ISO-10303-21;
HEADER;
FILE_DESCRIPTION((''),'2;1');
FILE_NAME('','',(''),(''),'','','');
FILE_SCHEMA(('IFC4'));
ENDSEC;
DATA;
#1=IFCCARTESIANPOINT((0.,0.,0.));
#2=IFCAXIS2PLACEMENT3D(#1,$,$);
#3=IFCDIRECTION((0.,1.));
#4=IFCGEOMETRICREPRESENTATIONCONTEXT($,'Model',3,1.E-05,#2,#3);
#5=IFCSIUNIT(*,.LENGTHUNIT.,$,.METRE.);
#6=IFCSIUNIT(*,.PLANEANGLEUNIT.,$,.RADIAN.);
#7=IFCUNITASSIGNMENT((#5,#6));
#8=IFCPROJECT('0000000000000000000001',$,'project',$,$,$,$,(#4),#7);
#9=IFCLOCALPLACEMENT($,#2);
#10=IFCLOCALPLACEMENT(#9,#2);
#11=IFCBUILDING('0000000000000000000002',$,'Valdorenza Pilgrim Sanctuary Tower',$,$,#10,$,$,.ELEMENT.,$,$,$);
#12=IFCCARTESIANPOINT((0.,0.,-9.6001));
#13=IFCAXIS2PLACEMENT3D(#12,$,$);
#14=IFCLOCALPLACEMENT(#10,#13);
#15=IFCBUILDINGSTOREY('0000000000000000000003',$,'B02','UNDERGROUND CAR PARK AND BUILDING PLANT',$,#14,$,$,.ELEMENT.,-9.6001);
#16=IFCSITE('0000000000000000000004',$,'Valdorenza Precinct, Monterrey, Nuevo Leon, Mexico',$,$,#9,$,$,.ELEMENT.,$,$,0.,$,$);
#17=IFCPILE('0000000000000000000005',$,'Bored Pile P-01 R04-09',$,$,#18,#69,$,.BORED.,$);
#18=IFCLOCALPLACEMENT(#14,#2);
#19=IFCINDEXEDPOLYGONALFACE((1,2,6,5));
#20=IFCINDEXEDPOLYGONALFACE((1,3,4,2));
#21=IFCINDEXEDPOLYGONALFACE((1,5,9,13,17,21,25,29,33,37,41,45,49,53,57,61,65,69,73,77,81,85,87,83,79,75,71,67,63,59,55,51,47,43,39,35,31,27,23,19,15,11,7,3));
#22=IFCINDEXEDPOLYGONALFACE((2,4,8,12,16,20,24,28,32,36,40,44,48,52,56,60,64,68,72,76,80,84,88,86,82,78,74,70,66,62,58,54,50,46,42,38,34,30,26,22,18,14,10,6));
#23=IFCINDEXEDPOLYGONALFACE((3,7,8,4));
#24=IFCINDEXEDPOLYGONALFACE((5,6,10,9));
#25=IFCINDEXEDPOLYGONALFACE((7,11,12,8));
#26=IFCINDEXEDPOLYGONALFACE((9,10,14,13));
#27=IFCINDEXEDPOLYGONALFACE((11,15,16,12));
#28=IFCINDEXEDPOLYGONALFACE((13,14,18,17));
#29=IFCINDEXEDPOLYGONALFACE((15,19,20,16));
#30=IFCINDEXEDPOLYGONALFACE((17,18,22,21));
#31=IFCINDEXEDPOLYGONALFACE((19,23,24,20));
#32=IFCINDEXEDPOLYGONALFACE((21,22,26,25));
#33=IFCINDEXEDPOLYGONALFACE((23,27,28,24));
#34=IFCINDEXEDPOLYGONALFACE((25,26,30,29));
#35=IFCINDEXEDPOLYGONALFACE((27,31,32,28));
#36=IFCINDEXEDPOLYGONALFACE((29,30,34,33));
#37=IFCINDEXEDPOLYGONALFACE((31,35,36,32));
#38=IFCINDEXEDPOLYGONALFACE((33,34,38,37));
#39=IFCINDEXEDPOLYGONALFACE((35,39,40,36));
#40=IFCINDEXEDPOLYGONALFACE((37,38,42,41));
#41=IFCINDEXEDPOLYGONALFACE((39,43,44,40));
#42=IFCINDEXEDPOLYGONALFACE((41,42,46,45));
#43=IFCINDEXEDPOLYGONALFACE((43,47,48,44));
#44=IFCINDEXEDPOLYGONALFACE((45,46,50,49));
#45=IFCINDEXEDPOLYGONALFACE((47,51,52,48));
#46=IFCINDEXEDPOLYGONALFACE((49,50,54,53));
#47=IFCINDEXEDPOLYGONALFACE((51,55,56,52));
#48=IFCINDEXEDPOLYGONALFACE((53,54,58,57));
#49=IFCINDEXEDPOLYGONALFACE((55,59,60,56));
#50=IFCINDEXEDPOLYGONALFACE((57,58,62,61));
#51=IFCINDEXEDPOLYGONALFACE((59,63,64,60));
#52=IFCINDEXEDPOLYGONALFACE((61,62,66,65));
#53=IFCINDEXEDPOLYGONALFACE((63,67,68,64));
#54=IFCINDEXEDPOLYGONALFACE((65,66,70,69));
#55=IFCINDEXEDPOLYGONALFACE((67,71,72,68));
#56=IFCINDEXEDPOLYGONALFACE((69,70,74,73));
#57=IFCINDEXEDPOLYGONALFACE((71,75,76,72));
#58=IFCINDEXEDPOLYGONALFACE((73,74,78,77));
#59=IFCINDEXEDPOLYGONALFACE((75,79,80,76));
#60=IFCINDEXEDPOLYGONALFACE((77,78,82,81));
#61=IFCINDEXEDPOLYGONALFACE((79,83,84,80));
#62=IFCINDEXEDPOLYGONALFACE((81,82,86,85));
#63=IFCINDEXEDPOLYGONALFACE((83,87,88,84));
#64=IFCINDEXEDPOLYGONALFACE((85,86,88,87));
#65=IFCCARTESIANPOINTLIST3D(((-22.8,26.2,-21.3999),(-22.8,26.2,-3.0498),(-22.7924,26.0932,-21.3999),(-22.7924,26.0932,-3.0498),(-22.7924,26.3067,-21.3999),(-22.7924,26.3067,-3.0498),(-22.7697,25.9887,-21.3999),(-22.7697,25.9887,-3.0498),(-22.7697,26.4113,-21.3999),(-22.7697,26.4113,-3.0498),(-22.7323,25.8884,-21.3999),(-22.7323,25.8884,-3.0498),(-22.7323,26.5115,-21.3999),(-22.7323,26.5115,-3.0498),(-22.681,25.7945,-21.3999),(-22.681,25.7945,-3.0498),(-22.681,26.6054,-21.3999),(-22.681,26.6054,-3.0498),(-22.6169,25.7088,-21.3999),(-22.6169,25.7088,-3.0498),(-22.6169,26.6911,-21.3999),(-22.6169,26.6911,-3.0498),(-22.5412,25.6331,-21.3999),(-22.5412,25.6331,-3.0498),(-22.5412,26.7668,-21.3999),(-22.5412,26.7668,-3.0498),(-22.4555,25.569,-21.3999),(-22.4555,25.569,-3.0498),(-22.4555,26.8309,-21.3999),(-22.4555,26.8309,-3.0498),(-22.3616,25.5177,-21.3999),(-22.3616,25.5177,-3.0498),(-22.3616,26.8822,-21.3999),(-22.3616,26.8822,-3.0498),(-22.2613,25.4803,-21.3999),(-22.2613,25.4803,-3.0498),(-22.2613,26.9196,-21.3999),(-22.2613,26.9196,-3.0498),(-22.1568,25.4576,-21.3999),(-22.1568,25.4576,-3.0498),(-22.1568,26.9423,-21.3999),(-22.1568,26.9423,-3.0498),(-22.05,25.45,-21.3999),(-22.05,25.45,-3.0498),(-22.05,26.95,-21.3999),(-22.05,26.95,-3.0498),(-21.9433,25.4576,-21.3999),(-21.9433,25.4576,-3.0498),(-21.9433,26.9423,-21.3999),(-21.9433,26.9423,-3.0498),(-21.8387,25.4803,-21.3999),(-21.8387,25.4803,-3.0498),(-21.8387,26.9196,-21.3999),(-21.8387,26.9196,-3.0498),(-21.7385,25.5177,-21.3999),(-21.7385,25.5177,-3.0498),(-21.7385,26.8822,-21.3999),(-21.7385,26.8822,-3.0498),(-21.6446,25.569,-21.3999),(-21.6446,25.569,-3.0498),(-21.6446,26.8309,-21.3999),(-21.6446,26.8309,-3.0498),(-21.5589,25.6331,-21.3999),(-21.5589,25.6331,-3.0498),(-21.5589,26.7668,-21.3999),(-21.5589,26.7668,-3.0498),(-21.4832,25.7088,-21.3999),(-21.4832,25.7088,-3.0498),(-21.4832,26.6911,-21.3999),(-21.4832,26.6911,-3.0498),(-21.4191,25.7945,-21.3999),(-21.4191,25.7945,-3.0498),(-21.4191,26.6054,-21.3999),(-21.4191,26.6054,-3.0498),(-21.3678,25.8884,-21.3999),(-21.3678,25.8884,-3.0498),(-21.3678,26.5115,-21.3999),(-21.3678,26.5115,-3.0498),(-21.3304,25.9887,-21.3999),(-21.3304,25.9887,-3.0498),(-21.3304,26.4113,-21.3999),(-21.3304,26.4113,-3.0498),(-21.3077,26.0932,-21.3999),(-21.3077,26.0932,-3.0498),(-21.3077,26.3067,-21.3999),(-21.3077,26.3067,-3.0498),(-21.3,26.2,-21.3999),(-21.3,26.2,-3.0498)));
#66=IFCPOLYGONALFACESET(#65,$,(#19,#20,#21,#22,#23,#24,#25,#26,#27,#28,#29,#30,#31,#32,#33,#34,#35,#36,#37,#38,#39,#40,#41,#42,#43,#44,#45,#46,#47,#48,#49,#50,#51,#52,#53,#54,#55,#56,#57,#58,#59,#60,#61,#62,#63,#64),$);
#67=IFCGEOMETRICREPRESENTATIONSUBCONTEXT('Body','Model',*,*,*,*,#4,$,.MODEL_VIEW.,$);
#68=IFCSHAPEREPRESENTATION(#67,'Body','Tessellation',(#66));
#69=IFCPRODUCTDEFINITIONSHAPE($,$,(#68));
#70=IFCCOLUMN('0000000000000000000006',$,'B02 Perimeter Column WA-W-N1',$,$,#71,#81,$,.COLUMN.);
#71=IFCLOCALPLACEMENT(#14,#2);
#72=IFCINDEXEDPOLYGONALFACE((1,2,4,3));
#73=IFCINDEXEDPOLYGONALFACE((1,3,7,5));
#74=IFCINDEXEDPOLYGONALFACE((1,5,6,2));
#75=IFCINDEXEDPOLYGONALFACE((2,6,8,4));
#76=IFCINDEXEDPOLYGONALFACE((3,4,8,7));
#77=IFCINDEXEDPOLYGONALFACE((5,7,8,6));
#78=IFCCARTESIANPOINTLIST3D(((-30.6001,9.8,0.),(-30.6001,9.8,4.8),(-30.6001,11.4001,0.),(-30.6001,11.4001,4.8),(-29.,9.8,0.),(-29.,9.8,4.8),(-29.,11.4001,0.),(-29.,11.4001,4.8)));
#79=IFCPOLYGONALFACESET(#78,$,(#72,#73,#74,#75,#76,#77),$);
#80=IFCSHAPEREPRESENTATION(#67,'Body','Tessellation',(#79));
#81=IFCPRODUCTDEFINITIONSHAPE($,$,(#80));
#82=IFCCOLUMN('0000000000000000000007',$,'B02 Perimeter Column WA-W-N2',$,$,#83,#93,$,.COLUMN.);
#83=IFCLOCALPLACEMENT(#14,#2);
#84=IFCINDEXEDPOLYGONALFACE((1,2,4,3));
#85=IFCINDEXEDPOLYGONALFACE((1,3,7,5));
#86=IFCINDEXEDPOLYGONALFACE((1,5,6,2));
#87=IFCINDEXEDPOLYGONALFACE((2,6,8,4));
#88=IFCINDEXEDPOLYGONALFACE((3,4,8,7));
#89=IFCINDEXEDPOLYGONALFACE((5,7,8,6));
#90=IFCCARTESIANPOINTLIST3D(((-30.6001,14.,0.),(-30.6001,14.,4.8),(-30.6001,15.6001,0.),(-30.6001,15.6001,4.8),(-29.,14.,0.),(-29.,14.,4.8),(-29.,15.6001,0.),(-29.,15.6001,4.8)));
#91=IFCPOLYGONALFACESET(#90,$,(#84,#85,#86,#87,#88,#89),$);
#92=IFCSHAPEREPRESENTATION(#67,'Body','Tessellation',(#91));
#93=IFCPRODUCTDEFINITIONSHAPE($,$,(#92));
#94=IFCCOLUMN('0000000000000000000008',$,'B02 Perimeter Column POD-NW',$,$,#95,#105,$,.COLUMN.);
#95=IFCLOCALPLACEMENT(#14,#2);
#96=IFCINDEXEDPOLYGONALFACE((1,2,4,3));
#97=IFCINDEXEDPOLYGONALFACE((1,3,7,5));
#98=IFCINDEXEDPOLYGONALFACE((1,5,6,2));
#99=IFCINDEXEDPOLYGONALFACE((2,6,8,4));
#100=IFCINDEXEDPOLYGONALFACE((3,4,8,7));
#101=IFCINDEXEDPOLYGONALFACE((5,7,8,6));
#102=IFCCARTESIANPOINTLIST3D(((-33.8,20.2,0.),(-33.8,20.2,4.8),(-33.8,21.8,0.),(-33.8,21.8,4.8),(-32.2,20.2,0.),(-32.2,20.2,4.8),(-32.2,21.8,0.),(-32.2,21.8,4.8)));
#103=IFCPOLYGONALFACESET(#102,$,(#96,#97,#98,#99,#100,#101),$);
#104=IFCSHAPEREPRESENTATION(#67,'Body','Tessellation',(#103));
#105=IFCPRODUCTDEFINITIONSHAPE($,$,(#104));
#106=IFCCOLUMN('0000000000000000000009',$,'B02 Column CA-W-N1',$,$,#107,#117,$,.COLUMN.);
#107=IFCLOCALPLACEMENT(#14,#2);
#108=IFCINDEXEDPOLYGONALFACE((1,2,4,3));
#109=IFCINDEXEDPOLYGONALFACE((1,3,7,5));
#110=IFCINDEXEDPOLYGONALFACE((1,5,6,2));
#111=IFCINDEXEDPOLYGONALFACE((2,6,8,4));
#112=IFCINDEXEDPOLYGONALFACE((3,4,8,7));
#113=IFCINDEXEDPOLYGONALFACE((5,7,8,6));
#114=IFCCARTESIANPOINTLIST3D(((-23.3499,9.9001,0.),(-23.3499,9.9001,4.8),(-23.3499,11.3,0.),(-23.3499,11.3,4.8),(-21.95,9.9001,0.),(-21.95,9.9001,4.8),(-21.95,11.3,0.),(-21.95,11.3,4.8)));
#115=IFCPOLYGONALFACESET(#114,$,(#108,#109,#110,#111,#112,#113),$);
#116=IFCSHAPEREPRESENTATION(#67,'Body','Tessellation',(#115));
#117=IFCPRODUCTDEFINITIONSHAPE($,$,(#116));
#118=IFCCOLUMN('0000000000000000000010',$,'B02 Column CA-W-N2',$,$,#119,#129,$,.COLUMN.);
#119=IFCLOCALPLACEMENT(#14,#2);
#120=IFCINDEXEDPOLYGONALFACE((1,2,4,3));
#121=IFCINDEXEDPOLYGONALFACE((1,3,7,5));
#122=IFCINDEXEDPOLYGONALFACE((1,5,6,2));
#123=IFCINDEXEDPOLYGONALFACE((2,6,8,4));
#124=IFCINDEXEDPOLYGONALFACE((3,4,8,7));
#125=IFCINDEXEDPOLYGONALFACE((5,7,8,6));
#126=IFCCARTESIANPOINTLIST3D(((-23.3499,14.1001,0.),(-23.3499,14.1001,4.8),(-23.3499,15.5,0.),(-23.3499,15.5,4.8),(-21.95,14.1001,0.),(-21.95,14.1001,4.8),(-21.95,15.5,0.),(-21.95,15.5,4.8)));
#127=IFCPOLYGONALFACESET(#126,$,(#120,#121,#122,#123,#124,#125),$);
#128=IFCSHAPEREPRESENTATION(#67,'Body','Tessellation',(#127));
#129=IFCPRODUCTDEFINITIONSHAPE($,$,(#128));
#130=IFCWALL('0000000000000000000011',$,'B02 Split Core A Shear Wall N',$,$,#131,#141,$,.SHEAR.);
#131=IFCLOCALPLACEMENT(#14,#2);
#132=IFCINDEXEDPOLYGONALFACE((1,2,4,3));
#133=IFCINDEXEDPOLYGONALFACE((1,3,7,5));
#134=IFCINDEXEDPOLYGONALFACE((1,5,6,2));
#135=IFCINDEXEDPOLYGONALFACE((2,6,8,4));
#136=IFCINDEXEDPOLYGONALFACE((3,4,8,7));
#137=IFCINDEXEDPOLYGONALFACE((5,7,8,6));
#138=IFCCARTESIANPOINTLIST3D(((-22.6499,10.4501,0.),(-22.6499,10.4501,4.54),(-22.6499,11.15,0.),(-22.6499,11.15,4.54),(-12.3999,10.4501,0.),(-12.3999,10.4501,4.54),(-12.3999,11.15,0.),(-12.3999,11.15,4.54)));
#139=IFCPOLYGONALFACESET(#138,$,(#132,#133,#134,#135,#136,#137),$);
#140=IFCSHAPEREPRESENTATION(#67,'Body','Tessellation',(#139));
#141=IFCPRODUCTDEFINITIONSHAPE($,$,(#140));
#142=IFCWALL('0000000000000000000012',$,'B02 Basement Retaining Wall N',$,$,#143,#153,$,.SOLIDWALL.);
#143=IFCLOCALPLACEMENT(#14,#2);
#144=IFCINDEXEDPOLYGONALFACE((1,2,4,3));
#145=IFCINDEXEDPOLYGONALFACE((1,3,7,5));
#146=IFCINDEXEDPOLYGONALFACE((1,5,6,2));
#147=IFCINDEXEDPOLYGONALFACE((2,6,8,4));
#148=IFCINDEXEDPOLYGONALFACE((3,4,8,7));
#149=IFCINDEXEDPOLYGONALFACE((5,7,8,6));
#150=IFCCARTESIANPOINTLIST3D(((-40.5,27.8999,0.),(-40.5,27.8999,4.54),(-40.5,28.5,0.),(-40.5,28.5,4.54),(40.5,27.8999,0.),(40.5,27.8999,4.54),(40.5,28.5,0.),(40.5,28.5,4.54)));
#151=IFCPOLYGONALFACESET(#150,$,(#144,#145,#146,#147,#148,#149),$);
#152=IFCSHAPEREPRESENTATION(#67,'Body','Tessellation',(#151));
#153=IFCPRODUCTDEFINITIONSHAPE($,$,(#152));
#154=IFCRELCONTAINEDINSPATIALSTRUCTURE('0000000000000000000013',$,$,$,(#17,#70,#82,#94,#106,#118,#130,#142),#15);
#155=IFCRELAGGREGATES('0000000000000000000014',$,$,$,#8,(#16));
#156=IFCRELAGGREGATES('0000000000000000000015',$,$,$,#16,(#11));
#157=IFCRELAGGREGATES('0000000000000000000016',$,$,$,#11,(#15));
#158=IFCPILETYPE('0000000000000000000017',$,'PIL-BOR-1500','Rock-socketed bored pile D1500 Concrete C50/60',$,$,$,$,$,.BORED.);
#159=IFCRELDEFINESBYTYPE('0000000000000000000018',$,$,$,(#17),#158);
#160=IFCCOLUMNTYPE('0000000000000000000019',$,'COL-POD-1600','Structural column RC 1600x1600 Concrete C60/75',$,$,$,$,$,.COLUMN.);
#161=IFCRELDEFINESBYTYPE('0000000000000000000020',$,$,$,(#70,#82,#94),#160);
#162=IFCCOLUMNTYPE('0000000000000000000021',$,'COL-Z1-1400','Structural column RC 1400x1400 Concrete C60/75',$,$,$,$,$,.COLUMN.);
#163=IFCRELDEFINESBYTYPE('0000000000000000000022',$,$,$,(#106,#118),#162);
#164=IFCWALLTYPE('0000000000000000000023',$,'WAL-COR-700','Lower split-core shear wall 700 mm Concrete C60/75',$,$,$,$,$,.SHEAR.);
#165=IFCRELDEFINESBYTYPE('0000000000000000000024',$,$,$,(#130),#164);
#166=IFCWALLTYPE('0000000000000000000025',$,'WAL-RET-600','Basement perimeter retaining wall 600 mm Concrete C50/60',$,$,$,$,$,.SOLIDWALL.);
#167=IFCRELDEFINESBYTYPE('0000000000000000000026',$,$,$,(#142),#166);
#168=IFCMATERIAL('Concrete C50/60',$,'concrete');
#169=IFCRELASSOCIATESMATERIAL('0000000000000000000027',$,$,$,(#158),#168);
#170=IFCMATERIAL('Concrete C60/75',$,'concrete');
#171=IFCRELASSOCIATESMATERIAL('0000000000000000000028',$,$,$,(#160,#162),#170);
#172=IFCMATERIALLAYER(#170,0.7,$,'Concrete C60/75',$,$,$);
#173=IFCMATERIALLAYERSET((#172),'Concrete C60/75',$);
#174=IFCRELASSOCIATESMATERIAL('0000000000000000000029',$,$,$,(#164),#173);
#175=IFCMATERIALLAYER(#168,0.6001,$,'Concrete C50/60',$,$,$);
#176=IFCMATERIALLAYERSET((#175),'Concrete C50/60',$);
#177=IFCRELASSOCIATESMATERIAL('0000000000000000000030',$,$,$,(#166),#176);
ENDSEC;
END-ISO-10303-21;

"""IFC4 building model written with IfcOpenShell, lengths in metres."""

from ifc_helpers import new_model, si_unit, direction, frame, frame_2d, origin, origin_2d, place, context, subcontext, project, spatial, rectangle, circle, extrude, source, transform, mapped, material, layer, layer_set, material_profile, profile_set, type_object, element, save


model = new_model("IFC4")

# Units and contexts
model_context = context("Model", 3, precision=1e-05, world=origin(), true_north=direction((0.0, 1.0)))
body_context = subcontext(model_context, "Body", "Model", "MODEL_VIEW")
ifc_project = project(units=[si_unit("LENGTHUNIT", "METRE"), si_unit("PLANEANGLEUNIT", "RADIAN")], contexts=[model_context])

# Site, building, storey
site_placement = place(None, origin())
site = spatial("IfcSite", under=ifc_project, at=site_placement, Name="Valdorenza Precinct, Monterrey, Nuevo Leon, Mexico", CompositionType="ELEMENT", RefElevation=0.0)
building_placement = place(site_placement, origin())
building = spatial("IfcBuilding", under=site, at=building_placement, Name="Valdorenza Pilgrim Sanctuary Tower", CompositionType="ELEMENT")
storey_placement = place(building_placement, frame((0.0, 0.0, -9.6001)))
storey = spatial("IfcBuildingStorey", under=building, at=storey_placement, Name="B02", Description="UNDERGROUND CAR PARK AND BUILDING PLANT", CompositionType="ELEMENT", Elevation=-9.6001)

# Pile
ifc_material_1 = material(Name="Concrete C50/60", Category="concrete")
ifc_material_profile_1 = material_profile(ifc_material_1, circle(Radius=0.75, at=origin_2d()), Name="BORED PILE 1500")
ifc_profile_set_1 = profile_set([ifc_material_profile_1], Name="Concrete C50/60")
pile_type = type_object("IfcPileType", Name="PIL-BOR-1500", Description="Rock-socketed bored pile D1500 Concrete C50/60", PredefinedType="BORED", material=ifc_profile_set_1)
shared_shape_1 = source(origin(), body_context, "Body", "SweptSolid", [
    extrude(circle(Radius=0.75, at=origin_2d()), origin(), (0.0, 0.0, 1.0), 18.3501),
])
for number, where, z_axis, x_axis, name in (
    (1, (-22.05, 26.2, -3.0498), (0.0, 0.0, -1.0), (1.0, 0.0, 0.0), "Bored Pile P-01 R04-09"),
):
    element("IfcPile", number, at=place(storey_placement, frame(where, z_axis=z_axis, x_axis=x_axis)), inside=storey, type_object=pile_type, Name=name, PredefinedType="BORED", context=body_context, shape_type="MappedRepresentation", body=[
        mapped(shared_shape_1, transform((0.0, 0.0, 0.0), x_axis=(1.0, 0.0, 0.0), y_axis=(0.0, 1.0, 0.0), z_axis=(0.0, 0.0, 1.0), scale=1.0)),
    ])

# Columns
ifc_material_2 = material(Name="Concrete C60/75", Category="concrete")
ifc_material_profile_2 = material_profile(ifc_material_2, rectangle(XDim=1.6001, YDim=1.6001, at=origin_2d()), Name="RC 1600x1600")
ifc_profile_set_2 = profile_set([ifc_material_profile_2], Name="Concrete C60/75")
column_type_1 = type_object("IfcColumnType", Name="COL-POD-1600", Description="Structural column RC 1600x1600 Concrete C60/75", PredefinedType="COLUMN", material=ifc_profile_set_2)
shared_shape_2 = source(origin(), body_context, "Body", "SweptSolid", [
    extrude(rectangle(XDim=1.6001, YDim=1.6001, at=origin_2d()), origin(), (0.0, 0.0, 1.0), 4.8),
])
for number, where, z_axis, x_axis, name in (
    (2, (-29.8, 10.6001, 0.0), (0.0, 0.0, 1.0), (1.0, 0.0, 0.0), "B02 Perimeter Column WA-W-N1"),
    (3, (-29.8, 14.8, 0.0), (0.0, 0.0, 1.0), (1.0, 0.0, 0.0), "B02 Perimeter Column WA-W-N2"),
    (4, (-33.0, 21.0, 0.0), (0.0, 0.0, 1.0), (1.0, 0.0, 0.0), "B02 Perimeter Column POD-NW"),
):
    element("IfcColumn", number, at=place(storey_placement, frame(where, z_axis=z_axis, x_axis=x_axis)), inside=storey, type_object=column_type_1, Name=name, PredefinedType="COLUMN", context=body_context, shape_type="MappedRepresentation", body=[
        mapped(shared_shape_2, transform((0.0, 0.0, 0.0), x_axis=(1.0, 0.0, 0.0), y_axis=(0.0, 1.0, 0.0), z_axis=(0.0, 0.0, 1.0), scale=1.0)),
    ])
ifc_material_profile_3 = material_profile(ifc_material_2, rectangle(XDim=1.3999, YDim=1.3999, at=origin_2d()), Name="RC 1400x1400")
ifc_profile_set_3 = profile_set([ifc_material_profile_3], Name="Concrete C60/75")
column_type_2 = type_object("IfcColumnType", Name="COL-Z1-1400", Description="Structural column RC 1400x1400 Concrete C60/75", PredefinedType="COLUMN", material=ifc_profile_set_3)
shared_shape_3 = source(origin(), body_context, "Body", "SweptSolid", [
    extrude(rectangle(XDim=1.3999, YDim=1.3999, at=origin_2d()), origin(), (0.0, 0.0, 1.0), 4.8),
])
for number, where, z_axis, x_axis, name in (
    (5, (-22.6499, 10.6001, 0.0), (0.0, 0.0, 1.0), (1.0, 0.0, 0.0), "B02 Column CA-W-N1"),
    (6, (-22.6499, 14.8, 0.0), (0.0, 0.0, 1.0), (1.0, 0.0, 0.0), "B02 Column CA-W-N2"),
):
    element("IfcColumn", number, at=place(storey_placement, frame(where, z_axis=z_axis, x_axis=x_axis)), inside=storey, type_object=column_type_2, Name=name, PredefinedType="COLUMN", context=body_context, shape_type="MappedRepresentation", body=[
        mapped(shared_shape_3, transform((0.0, 0.0, 0.0), x_axis=(1.0, 0.0, 0.0), y_axis=(0.0, 1.0, 0.0), z_axis=(0.0, 0.0, 1.0), scale=1.0)),
    ])

# Walls
ifc_layer_1 = layer(ifc_material_2, 0.7, Name="Concrete C60/75")
ifc_layer_set_1 = layer_set([ifc_layer_1], Name="Concrete C60/75")
wall_type_1 = type_object("IfcWallType", Name="WAL-COR-700", Description="Lower split-core shear wall 700 mm Concrete C60/75", PredefinedType="SHEAR", material=ifc_layer_set_1)
wall_1_placement = place(storey_placement, frame((-22.6499, 10.8, 0.0), z_axis=(0.0, 0.0, 1.0), x_axis=(1.0, 0.0, 0.0)))
element("IfcWall", 7, at=wall_1_placement, inside=storey, type_object=wall_type_1, Name="B02 Split Core A Shear Wall N", PredefinedType="SHEAR", context=body_context, shape_type="SweptSolid", body=[
    extrude(rectangle(XDim=10.25, YDim=0.7, at=frame_2d((5.125, 0.0))), origin(), (0.0, 0.0, 1.0), 4.54),
])
ifc_layer_2 = layer(ifc_material_1, 0.6001, Name="Concrete C50/60")
ifc_layer_set_2 = layer_set([ifc_layer_2], Name="Concrete C50/60")
wall_type_2 = type_object("IfcWallType", Name="WAL-RET-600", Description="Basement perimeter retaining wall 600 mm Concrete C50/60", PredefinedType="SOLIDWALL", material=ifc_layer_set_2)
wall_2_placement = place(storey_placement, frame((-40.5, 28.2, 0.0), z_axis=(0.0, 0.0, 1.0), x_axis=(1.0, 0.0, 0.0)))
element("IfcWall", 8, at=wall_2_placement, inside=storey, type_object=wall_type_2, Name="B02 Basement Retaining Wall N", PredefinedType="SOLIDWALL", context=body_context, shape_type="SweptSolid", body=[
    extrude(rectangle(XDim=81.0, YDim=0.6001, at=frame_2d((40.5, 0.0))), origin(), (0.0, 0.0, 1.0), 4.54),
])

save(model, "model.ifc")
